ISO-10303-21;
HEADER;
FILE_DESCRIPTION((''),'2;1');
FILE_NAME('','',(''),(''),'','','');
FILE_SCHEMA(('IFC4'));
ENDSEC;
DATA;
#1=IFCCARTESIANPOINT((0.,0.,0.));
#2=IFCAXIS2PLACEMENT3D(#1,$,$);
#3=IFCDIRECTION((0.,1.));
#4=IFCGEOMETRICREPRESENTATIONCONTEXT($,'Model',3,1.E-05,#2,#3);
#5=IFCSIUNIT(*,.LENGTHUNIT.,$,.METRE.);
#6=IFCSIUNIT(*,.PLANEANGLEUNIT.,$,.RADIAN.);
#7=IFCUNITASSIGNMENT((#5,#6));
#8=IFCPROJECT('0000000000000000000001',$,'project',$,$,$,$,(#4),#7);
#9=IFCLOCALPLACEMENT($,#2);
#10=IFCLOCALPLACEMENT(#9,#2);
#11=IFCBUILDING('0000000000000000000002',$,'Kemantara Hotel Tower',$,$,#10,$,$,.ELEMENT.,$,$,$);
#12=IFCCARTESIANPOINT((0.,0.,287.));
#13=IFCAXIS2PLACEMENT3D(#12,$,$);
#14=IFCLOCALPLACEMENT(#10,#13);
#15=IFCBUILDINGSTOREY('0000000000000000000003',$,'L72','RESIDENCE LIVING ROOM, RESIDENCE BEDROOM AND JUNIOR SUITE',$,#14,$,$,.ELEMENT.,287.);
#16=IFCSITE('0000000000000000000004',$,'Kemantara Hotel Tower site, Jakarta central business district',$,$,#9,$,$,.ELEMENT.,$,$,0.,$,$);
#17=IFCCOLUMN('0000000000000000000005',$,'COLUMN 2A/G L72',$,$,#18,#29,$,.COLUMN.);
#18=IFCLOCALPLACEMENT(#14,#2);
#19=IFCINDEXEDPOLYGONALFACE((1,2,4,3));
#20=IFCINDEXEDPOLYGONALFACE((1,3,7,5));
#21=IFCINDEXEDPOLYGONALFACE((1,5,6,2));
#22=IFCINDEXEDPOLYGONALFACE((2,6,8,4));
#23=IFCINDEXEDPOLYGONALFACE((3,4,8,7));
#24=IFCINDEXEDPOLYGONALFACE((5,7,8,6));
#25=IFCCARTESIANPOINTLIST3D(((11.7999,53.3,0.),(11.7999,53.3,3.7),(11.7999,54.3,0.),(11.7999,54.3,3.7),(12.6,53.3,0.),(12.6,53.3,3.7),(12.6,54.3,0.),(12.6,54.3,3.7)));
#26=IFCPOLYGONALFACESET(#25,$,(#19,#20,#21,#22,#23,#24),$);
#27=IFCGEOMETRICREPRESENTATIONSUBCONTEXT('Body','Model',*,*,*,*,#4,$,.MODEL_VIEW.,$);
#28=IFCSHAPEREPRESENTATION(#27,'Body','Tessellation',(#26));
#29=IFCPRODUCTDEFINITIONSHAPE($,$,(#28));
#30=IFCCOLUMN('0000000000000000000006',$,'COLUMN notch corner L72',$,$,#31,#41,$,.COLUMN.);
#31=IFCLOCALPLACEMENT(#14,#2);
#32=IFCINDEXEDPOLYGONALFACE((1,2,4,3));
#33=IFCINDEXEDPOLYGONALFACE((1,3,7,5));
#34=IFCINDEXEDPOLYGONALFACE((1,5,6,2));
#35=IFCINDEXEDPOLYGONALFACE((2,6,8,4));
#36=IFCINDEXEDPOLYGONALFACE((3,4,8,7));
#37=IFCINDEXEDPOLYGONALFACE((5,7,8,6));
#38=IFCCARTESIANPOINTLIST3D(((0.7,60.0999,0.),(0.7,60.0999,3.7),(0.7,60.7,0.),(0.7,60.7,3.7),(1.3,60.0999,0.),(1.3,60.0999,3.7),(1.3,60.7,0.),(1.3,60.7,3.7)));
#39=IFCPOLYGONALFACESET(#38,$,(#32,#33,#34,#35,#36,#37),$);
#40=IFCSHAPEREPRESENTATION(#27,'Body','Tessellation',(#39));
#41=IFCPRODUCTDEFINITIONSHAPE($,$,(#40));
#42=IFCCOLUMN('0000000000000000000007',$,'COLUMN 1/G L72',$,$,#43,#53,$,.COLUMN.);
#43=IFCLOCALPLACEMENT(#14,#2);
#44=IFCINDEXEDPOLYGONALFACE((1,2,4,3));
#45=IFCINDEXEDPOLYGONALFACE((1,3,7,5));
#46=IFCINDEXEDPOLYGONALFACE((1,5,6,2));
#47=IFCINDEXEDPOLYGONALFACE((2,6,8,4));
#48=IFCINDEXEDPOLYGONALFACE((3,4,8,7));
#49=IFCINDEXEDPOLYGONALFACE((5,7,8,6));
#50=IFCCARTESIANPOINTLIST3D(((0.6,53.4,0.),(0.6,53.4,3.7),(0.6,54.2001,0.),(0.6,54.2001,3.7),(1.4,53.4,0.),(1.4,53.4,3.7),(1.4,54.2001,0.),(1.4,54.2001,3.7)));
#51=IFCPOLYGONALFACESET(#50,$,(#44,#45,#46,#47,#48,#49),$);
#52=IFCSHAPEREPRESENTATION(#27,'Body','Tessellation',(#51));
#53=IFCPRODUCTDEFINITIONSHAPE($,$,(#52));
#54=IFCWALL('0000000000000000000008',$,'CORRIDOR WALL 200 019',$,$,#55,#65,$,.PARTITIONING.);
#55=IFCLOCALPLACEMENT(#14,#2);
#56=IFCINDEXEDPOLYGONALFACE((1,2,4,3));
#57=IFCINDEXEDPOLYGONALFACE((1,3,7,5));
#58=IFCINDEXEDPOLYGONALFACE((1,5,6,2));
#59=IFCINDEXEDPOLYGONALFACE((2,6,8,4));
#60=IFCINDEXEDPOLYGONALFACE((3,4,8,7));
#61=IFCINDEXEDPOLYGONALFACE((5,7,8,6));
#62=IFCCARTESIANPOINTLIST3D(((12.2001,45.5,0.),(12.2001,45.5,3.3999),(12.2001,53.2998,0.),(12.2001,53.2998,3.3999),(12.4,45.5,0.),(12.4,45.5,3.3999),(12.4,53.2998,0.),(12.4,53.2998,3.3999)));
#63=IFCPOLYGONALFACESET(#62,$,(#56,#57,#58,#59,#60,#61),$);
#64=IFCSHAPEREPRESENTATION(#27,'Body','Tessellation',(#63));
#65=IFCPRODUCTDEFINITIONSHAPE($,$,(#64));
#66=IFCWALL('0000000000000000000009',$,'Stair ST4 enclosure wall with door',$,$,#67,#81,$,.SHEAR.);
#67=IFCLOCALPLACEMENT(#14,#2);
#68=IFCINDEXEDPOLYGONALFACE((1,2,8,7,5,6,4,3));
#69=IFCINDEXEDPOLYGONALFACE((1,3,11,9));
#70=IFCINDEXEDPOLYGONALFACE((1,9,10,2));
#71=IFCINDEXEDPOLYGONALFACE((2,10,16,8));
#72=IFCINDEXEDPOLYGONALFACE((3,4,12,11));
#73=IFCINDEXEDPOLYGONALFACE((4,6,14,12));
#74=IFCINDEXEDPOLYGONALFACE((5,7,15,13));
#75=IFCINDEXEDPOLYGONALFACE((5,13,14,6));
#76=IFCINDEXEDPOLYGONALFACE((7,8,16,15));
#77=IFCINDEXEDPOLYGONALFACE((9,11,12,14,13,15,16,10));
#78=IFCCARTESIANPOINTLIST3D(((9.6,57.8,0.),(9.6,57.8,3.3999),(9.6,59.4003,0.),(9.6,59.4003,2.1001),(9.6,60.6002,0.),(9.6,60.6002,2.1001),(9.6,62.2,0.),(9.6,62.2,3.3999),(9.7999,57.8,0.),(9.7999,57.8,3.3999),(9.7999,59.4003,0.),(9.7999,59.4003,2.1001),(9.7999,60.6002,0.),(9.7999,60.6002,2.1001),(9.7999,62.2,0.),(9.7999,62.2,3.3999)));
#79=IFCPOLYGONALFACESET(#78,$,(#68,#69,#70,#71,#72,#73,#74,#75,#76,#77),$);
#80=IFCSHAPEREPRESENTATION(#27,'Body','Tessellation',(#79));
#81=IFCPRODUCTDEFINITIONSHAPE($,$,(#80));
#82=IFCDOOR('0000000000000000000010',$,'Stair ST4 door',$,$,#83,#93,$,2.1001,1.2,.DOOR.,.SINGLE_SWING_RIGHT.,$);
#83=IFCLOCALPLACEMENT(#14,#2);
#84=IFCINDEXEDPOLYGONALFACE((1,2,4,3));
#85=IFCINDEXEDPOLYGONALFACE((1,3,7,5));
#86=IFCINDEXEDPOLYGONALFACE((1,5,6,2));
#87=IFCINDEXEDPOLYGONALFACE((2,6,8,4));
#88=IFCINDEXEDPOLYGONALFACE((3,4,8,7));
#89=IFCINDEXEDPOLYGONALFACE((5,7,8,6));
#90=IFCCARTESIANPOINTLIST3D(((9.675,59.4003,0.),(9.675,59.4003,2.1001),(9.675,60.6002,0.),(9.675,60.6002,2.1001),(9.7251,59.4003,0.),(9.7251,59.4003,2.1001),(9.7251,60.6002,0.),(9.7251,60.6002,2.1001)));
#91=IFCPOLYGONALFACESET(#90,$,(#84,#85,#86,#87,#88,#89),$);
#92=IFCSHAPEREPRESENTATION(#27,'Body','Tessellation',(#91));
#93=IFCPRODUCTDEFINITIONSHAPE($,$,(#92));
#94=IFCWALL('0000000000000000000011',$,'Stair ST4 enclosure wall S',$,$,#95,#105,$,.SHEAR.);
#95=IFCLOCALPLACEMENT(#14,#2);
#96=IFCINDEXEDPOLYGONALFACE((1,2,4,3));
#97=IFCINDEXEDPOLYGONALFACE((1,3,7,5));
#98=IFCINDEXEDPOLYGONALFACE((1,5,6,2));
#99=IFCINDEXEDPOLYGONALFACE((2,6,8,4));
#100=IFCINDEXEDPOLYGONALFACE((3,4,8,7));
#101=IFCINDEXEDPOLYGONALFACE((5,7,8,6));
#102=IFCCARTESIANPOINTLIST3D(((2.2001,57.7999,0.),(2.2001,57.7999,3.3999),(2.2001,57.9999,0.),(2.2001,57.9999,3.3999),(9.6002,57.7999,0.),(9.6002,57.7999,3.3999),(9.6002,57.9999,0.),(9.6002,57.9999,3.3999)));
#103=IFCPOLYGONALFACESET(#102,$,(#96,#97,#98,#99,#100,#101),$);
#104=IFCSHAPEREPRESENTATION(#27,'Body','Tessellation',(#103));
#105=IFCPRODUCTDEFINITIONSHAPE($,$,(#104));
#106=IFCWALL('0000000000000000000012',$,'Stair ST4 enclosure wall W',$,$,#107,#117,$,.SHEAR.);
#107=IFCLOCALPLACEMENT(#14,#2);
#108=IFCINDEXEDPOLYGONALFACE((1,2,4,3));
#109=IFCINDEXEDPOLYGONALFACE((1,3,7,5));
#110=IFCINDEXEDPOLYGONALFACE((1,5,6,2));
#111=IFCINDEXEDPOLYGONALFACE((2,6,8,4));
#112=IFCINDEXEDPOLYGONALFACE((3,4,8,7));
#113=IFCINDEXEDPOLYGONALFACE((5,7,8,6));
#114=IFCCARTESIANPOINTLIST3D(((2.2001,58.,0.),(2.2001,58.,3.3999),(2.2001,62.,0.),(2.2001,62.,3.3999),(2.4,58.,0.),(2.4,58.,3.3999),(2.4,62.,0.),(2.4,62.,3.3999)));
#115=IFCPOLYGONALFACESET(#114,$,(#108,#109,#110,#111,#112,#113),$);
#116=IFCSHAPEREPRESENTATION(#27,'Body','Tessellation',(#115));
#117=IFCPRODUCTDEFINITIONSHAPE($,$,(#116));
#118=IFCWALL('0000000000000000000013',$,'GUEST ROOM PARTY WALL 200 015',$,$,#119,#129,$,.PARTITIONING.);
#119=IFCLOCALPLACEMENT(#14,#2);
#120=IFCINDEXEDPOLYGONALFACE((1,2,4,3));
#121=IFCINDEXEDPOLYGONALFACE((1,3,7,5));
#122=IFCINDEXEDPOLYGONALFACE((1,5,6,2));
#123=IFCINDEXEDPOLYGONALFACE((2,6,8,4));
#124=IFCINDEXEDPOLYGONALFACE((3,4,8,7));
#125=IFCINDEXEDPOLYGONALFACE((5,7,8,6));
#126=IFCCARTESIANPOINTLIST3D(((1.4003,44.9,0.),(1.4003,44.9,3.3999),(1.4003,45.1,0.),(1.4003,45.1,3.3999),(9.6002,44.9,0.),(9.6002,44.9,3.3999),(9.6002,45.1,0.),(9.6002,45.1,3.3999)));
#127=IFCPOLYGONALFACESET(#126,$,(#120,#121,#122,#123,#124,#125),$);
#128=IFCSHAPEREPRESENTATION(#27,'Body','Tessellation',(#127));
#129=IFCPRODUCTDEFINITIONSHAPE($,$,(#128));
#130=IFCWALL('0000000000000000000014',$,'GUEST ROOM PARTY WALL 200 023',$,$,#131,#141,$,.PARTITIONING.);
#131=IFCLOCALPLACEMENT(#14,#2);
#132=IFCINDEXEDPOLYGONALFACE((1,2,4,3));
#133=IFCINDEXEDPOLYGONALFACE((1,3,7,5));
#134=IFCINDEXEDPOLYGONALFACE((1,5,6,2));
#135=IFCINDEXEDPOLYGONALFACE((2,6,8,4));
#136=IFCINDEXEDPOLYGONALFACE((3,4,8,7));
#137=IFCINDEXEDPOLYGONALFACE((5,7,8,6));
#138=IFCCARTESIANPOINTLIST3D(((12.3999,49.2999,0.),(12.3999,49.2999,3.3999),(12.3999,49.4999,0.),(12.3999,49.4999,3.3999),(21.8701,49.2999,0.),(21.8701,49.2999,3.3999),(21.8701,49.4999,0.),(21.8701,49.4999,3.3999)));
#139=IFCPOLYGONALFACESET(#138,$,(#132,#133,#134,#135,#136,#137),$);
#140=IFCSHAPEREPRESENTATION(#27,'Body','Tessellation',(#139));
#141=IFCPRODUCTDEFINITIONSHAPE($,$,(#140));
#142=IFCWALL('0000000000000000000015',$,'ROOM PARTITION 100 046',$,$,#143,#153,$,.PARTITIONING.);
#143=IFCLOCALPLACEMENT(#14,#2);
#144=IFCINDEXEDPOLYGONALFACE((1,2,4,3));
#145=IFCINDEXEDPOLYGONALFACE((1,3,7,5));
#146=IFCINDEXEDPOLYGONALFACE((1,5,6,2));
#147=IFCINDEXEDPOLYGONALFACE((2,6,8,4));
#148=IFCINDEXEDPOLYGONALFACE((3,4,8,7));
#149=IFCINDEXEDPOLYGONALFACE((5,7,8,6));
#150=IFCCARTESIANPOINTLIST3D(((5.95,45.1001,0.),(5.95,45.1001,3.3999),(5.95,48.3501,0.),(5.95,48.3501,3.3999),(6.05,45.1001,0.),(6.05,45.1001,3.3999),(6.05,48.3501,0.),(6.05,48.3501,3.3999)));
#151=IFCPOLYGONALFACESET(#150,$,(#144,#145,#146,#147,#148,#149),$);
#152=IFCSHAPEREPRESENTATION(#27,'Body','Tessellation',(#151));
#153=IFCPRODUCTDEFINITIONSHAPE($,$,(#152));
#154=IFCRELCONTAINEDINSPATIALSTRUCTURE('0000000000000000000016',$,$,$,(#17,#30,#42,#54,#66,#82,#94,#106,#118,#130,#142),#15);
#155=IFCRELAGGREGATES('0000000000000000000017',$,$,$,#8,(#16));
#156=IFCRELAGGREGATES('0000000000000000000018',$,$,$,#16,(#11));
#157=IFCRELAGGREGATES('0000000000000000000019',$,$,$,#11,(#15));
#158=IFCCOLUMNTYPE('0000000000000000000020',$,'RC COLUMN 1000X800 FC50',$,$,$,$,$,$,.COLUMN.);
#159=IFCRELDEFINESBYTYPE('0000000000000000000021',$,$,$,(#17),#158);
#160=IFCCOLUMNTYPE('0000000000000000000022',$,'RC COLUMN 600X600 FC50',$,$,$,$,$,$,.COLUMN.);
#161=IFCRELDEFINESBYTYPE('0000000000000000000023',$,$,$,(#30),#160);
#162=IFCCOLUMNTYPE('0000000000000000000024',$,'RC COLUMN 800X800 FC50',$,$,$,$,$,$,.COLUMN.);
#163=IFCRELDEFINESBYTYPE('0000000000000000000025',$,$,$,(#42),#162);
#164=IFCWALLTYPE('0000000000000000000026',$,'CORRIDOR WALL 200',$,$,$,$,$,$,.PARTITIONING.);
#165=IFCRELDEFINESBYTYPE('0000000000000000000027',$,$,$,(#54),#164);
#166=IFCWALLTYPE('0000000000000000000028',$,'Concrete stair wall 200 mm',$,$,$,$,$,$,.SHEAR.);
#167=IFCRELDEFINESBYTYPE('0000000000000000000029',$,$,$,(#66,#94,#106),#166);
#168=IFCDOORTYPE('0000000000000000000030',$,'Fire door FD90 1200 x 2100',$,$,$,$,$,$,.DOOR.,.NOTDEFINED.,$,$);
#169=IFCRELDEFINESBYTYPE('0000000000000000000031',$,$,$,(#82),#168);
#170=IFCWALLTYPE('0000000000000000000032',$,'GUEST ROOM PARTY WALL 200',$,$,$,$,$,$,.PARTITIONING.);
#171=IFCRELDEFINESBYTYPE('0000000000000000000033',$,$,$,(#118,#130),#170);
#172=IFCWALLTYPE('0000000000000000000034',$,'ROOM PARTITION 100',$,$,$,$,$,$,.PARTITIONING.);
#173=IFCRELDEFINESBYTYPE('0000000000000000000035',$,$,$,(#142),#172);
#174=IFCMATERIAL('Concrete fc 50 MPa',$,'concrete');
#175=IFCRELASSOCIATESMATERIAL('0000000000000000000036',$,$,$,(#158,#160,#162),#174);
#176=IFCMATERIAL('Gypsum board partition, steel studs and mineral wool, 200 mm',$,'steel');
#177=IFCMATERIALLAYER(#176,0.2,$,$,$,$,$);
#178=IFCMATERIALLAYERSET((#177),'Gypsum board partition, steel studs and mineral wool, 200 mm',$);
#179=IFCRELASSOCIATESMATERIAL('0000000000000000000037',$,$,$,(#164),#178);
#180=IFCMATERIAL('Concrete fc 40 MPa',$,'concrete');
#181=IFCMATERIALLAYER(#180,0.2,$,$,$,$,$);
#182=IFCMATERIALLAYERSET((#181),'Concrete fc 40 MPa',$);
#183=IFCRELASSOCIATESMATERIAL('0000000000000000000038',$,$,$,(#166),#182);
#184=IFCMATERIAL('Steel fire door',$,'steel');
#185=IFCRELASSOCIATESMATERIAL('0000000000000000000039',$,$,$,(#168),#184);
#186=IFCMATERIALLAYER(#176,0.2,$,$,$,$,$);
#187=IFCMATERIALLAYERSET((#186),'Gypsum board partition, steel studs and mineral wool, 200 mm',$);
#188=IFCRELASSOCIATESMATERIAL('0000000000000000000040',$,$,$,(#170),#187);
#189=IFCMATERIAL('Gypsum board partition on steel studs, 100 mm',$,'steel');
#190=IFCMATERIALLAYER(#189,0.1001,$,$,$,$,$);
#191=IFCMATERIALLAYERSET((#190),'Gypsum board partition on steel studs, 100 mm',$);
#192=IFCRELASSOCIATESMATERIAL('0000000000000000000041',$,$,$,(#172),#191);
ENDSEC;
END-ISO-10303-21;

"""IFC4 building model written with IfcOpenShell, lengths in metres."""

from ifc_helpers import new_model, si_unit, direction, frame, frame_2d, origin, origin_2d, place, context, subcontext, project, spatial, rectangle, extrude, material, layer, layer_set, material_profile, profile_set, type_object, element, fill, save


model = new_model("IFC4")

# Units and contexts
model_context = context("Model", 3, precision=1e-05, world=origin(), true_north=direction((0.0, 1.0)))
body_context = subcontext(model_context, "Body", "Model", "MODEL_VIEW")
ifc_project = project(units=[si_unit("LENGTHUNIT", "METRE"), si_unit("PLANEANGLEUNIT", "RADIAN")], contexts=[model_context])

# Site, building, storey
site_placement = place(None, origin())
site = spatial("IfcSite", under=ifc_project, at=site_placement, Name="Kemantara Hotel Tower site, Jakarta central business district", CompositionType="ELEMENT", RefElevation=0.0)
building_placement = place(site_placement, origin())
building = spatial("IfcBuilding", under=site, at=building_placement, Name="Kemantara Hotel Tower", CompositionType="ELEMENT")
storey_placement = place(building_placement, frame((0.0, 0.0, 287.0)))
storey = spatial("IfcBuildingStorey", under=building, at=storey_placement, Name="L72", Description="RESIDENCE LIVING ROOM, RESIDENCE BEDROOM AND JUNIOR SUITE", CompositionType="ELEMENT", Elevation=287.0)

# Columns
ifc_material_1 = material(Name="Concrete fc 50 MPa", Category="concrete")
ifc_material_profile_1 = material_profile(ifc_material_1, rectangle(XDim=1.0, YDim=0.8, at=origin_2d()), Name="RC 1000X800")
ifc_profile_set_1 = profile_set([ifc_material_profile_1], Name="Concrete fc 50 MPa")
column_type_1 = type_object("IfcColumnType", Name="RC COLUMN 1000X800 FC50", PredefinedType="COLUMN", material=ifc_profile_set_1)
column_1_placement = place(storey_placement, frame((12.2, 53.8, 0.0), z_axis=(0.0, 0.0, 1.0), x_axis=(0.0, 1.0, 0.0)))
element("IfcColumn", 1, at=column_1_placement, inside=storey, type_object=column_type_1, Name="COLUMN 2A/G L72", PredefinedType="COLUMN", context=body_context, shape_type="SweptSolid", body=[
    extrude(rectangle(XDim=1.0, YDim=0.8, at=origin_2d()), origin(), (0.0, 0.0, 1.0), 3.7),
])
ifc_material_profile_2 = material_profile(ifc_material_1, rectangle(XDim=0.6001, YDim=0.6001, at=origin_2d()), Name="RC 600X600")
ifc_profile_set_2 = profile_set([ifc_material_profile_2], Name="Concrete fc 50 MPa")
column_type_2 = type_object("IfcColumnType", Name="RC COLUMN 600X600 FC50", PredefinedType="COLUMN", material=ifc_profile_set_2)
column_2_placement = place(storey_placement, frame((1.0, 60.3999, 0.0), z_axis=(0.0, 0.0, 1.0), x_axis=(1.0, 0.0, 0.0)))
element("IfcColumn", 2, at=column_2_placement, inside=storey, type_object=column_type_2, Name="COLUMN notch corner L72", PredefinedType="COLUMN", context=body_context, shape_type="SweptSolid", body=[
    extrude(rectangle(XDim=0.6001, YDim=0.6001, at=origin_2d()), origin(), (0.0, 0.0, 1.0), 3.7),
])
ifc_material_profile_3 = material_profile(ifc_material_1, rectangle(XDim=0.8, YDim=0.8, at=origin_2d()), Name="RC 800X800")
ifc_profile_set_3 = profile_set([ifc_material_profile_3], Name="Concrete fc 50 MPa")
column_type_3 = type_object("IfcColumnType", Name="RC COLUMN 800X800 FC50", PredefinedType="COLUMN", material=ifc_profile_set_3)
column_3_placement = place(storey_placement, frame((1.0, 53.8, 0.0), z_axis=(0.0, 0.0, 1.0), x_axis=(1.0, 0.0, 0.0)))
element("IfcColumn", 3, at=column_3_placement, inside=storey, type_object=column_type_3, Name="COLUMN 1/G L72", PredefinedType="COLUMN", context=body_context, shape_type="SweptSolid", body=[
    extrude(rectangle(XDim=0.8, YDim=0.8, at=origin_2d()), origin(), (0.0, 0.0, 1.0), 3.7),
])

# Wall
ifc_material_2 = material(Name="Gypsum board partition, steel studs and mineral wool, 200 mm", Category="steel")
ifc_layer_1 = layer(ifc_material_2, 0.2)
ifc_layer_set_1 = layer_set([ifc_layer_1], Name="Gypsum board partition, steel studs and mineral wool, 200 mm")
wall_type_1 = type_object("IfcWallType", Name="CORRIDOR WALL 200", PredefinedType="PARTITIONING", material=ifc_layer_set_1)
wall_1_placement = place(storey_placement, frame((12.3, 45.5, 0.0), z_axis=(0.0, 0.0, 1.0), x_axis=(0.0, 1.0, 0.0)))
element("IfcWall", 4, at=wall_1_placement, inside=storey, type_object=wall_type_1, Name="CORRIDOR WALL 200 019", PredefinedType="PARTITIONING", context=body_context, shape_type="SweptSolid", body=[
    extrude(rectangle(XDim=7.7998, YDim=0.2, at=frame_2d((3.8999, 0.0))), origin(), (0.0, 0.0, 1.0), 3.3999),
])

# Wall, opening, door
ifc_material_3 = material(Name="Concrete fc 40 MPa", Category="concrete")
ifc_layer_2 = layer(ifc_material_3, 0.2)
ifc_layer_set_2 = layer_set([ifc_layer_2], Name="Concrete fc 40 MPa")
wall_type_2 = type_object("IfcWallType", Name="Concrete stair wall 200 mm", PredefinedType="SHEAR", material=ifc_layer_set_2)
wall_2_placement = place(storey_placement, frame((9.7, 57.8, 0.0), z_axis=(0.0, 0.0, 1.0), x_axis=(0.0, 1.0, 0.0)))
wall_2 = element("IfcWall", 5, at=wall_2_placement, inside=storey, type_object=wall_type_2, Name="Stair ST4 enclosure wall with door", PredefinedType="SHEAR", context=body_context, shape_type="SweptSolid", body=[
    extrude(rectangle(XDim=4.3999, YDim=0.2, at=frame_2d((2.2, 0.0))), origin(), (0.0, 0.0, 1.0), 3.3999),
])
opening_1_placement = place(wall_2_placement, frame((1.6001, 0.0, 0.0)))
opening_1 = element("IfcOpeningElement", 6, at=opening_1_placement, cuts=wall_2, PredefinedType="OPENING", context=body_context, shape_type="SweptSolid", body=[
    extrude(rectangle(XDim=1.2, YDim=2.1001, at=frame_2d((0.6001, 1.05))), frame((0.0, 0.1099, 0.0), z_axis=(0.0, -1.0, 0.0), x_axis=(1.0, 0.0, 0.0)), (0.0, 0.0, 1.0), 0.22),
])
ifc_material_4 = material(Name="Steel fire door", Category="steel")
door_type_1 = type_object("IfcDoorType", Name="Fire door FD90 1200 x 2100", OperationType="NOTDEFINED", PredefinedType="DOOR", material=ifc_material_4)
door_1_placement = place(opening_1_placement, origin())
door_1 = element("IfcDoor", 7, at=door_1_placement, inside=storey, type_object=door_type_1, Name="Stair ST4 door", OperationType="SINGLE_SWING_RIGHT", OverallHeight=2.1001, OverallWidth=1.2, PredefinedType="DOOR", context=body_context, shape_type="SweptSolid", body=[
    extrude(rectangle(XDim=1.2, YDim=2.1001, at=frame_2d((0.6001, 1.05))), frame((0.0, 0.0249, 0.0), z_axis=(0.0, -1.0, 0.0), x_axis=(1.0, 0.0, 0.0)), (0.0, 0.0, 1.0), 0.05),
])
fill(opening_1, door_1)

# Walls
wall_3_placement = place(storey_placement, frame((2.2, 57.8999, 0.0), z_axis=(0.0, 0.0, 1.0), x_axis=(1.0, 0.0, 0.0)))
element("IfcWall", 8, at=wall_3_placement, inside=storey, type_object=wall_type_2, Name="Stair ST4 enclosure wall S", PredefinedType="SHEAR", context=body_context, shape_type="SweptSolid", body=[
    extrude(rectangle(XDim=7.4001, YDim=0.2, at=frame_2d((3.7002, 0.0))), origin(), (0.0, 0.0, 1.0), 3.3999),
])
wall_4_placement = place(storey_placement, frame((2.3, 58.0, 0.0), z_axis=(0.0, 0.0, 1.0), x_axis=(0.0, 1.0, 0.0)))
element("IfcWall", 9, at=wall_4_placement, inside=storey, type_object=wall_type_2, Name="Stair ST4 enclosure wall W", PredefinedType="SHEAR", context=body_context, shape_type="SweptSolid", body=[
    extrude(rectangle(XDim=4.0, YDim=0.2, at=frame_2d((2.0, 0.0))), origin(), (0.0, 0.0, 1.0), 3.3999),
])
ifc_layer_3 = layer(ifc_material_2, 0.2)
ifc_layer_set_3 = layer_set([ifc_layer_3], Name="Gypsum board partition, steel studs and mineral wool, 200 mm")
wall_type_3 = type_object("IfcWallType", Name="GUEST ROOM PARTY WALL 200", PredefinedType="PARTITIONING", material=ifc_layer_set_3)
wall_5_placement = place(storey_placement, frame((1.4001, 45.0, 0.0), z_axis=(0.0, 0.0, 1.0), x_axis=(1.0, 0.0, 0.0)))
element("IfcWall", 10, at=wall_5_placement, inside=storey, type_object=wall_type_3, Name="GUEST ROOM PARTY WALL 200 015", PredefinedType="PARTITIONING", context=body_context, shape_type="SweptSolid", body=[
    extrude(rectangle(XDim=8.2, YDim=0.2, at=frame_2d((4.1001, 0.0))), origin(), (0.0, 0.0, 1.0), 3.3999),
])
wall_6_placement = place(storey_placement, frame((12.3999, 49.3999, 0.0), z_axis=(0.0, 0.0, 1.0), x_axis=(1.0, 0.0, 0.0)))
element("IfcWall", 11, at=wall_6_placement, inside=storey, type_object=wall_type_3, Name="GUEST ROOM PARTY WALL 200 023", PredefinedType="PARTITIONING", context=body_context, shape_type="SweptSolid", body=[
    extrude(rectangle(XDim=9.4702, YDim=0.2, at=frame_2d((4.7351, 0.0))), origin(), (0.0, 0.0, 1.0), 3.3999),
])
ifc_material_5 = material(Name="Gypsum board partition on steel studs, 100 mm", Category="steel")
ifc_layer_4 = layer(ifc_material_5, 0.1001)
ifc_layer_set_4 = layer_set([ifc_layer_4], Name="Gypsum board partition on steel studs, 100 mm")
wall_type_4 = type_object("IfcWallType", Name="ROOM PARTITION 100", PredefinedType="PARTITIONING", material=ifc_layer_set_4)
wall_7_placement = place(storey_placement, frame((6.0, 45.1001, 0.0), z_axis=(0.0, 0.0, 1.0), x_axis=(0.0, 1.0, 0.0)))
element("IfcWall", 12, at=wall_7_placement, inside=storey, type_object=wall_type_4, Name="ROOM PARTITION 100 046", PredefinedType="PARTITIONING", context=body_context, shape_type="SweptSolid", body=[
    extrude(rectangle(XDim=3.25, YDim=0.1001, at=frame_2d((1.625, 0.0))), origin(), (0.0, 0.0, 1.0), 3.3999),
])

save(model, "model.ifc")
